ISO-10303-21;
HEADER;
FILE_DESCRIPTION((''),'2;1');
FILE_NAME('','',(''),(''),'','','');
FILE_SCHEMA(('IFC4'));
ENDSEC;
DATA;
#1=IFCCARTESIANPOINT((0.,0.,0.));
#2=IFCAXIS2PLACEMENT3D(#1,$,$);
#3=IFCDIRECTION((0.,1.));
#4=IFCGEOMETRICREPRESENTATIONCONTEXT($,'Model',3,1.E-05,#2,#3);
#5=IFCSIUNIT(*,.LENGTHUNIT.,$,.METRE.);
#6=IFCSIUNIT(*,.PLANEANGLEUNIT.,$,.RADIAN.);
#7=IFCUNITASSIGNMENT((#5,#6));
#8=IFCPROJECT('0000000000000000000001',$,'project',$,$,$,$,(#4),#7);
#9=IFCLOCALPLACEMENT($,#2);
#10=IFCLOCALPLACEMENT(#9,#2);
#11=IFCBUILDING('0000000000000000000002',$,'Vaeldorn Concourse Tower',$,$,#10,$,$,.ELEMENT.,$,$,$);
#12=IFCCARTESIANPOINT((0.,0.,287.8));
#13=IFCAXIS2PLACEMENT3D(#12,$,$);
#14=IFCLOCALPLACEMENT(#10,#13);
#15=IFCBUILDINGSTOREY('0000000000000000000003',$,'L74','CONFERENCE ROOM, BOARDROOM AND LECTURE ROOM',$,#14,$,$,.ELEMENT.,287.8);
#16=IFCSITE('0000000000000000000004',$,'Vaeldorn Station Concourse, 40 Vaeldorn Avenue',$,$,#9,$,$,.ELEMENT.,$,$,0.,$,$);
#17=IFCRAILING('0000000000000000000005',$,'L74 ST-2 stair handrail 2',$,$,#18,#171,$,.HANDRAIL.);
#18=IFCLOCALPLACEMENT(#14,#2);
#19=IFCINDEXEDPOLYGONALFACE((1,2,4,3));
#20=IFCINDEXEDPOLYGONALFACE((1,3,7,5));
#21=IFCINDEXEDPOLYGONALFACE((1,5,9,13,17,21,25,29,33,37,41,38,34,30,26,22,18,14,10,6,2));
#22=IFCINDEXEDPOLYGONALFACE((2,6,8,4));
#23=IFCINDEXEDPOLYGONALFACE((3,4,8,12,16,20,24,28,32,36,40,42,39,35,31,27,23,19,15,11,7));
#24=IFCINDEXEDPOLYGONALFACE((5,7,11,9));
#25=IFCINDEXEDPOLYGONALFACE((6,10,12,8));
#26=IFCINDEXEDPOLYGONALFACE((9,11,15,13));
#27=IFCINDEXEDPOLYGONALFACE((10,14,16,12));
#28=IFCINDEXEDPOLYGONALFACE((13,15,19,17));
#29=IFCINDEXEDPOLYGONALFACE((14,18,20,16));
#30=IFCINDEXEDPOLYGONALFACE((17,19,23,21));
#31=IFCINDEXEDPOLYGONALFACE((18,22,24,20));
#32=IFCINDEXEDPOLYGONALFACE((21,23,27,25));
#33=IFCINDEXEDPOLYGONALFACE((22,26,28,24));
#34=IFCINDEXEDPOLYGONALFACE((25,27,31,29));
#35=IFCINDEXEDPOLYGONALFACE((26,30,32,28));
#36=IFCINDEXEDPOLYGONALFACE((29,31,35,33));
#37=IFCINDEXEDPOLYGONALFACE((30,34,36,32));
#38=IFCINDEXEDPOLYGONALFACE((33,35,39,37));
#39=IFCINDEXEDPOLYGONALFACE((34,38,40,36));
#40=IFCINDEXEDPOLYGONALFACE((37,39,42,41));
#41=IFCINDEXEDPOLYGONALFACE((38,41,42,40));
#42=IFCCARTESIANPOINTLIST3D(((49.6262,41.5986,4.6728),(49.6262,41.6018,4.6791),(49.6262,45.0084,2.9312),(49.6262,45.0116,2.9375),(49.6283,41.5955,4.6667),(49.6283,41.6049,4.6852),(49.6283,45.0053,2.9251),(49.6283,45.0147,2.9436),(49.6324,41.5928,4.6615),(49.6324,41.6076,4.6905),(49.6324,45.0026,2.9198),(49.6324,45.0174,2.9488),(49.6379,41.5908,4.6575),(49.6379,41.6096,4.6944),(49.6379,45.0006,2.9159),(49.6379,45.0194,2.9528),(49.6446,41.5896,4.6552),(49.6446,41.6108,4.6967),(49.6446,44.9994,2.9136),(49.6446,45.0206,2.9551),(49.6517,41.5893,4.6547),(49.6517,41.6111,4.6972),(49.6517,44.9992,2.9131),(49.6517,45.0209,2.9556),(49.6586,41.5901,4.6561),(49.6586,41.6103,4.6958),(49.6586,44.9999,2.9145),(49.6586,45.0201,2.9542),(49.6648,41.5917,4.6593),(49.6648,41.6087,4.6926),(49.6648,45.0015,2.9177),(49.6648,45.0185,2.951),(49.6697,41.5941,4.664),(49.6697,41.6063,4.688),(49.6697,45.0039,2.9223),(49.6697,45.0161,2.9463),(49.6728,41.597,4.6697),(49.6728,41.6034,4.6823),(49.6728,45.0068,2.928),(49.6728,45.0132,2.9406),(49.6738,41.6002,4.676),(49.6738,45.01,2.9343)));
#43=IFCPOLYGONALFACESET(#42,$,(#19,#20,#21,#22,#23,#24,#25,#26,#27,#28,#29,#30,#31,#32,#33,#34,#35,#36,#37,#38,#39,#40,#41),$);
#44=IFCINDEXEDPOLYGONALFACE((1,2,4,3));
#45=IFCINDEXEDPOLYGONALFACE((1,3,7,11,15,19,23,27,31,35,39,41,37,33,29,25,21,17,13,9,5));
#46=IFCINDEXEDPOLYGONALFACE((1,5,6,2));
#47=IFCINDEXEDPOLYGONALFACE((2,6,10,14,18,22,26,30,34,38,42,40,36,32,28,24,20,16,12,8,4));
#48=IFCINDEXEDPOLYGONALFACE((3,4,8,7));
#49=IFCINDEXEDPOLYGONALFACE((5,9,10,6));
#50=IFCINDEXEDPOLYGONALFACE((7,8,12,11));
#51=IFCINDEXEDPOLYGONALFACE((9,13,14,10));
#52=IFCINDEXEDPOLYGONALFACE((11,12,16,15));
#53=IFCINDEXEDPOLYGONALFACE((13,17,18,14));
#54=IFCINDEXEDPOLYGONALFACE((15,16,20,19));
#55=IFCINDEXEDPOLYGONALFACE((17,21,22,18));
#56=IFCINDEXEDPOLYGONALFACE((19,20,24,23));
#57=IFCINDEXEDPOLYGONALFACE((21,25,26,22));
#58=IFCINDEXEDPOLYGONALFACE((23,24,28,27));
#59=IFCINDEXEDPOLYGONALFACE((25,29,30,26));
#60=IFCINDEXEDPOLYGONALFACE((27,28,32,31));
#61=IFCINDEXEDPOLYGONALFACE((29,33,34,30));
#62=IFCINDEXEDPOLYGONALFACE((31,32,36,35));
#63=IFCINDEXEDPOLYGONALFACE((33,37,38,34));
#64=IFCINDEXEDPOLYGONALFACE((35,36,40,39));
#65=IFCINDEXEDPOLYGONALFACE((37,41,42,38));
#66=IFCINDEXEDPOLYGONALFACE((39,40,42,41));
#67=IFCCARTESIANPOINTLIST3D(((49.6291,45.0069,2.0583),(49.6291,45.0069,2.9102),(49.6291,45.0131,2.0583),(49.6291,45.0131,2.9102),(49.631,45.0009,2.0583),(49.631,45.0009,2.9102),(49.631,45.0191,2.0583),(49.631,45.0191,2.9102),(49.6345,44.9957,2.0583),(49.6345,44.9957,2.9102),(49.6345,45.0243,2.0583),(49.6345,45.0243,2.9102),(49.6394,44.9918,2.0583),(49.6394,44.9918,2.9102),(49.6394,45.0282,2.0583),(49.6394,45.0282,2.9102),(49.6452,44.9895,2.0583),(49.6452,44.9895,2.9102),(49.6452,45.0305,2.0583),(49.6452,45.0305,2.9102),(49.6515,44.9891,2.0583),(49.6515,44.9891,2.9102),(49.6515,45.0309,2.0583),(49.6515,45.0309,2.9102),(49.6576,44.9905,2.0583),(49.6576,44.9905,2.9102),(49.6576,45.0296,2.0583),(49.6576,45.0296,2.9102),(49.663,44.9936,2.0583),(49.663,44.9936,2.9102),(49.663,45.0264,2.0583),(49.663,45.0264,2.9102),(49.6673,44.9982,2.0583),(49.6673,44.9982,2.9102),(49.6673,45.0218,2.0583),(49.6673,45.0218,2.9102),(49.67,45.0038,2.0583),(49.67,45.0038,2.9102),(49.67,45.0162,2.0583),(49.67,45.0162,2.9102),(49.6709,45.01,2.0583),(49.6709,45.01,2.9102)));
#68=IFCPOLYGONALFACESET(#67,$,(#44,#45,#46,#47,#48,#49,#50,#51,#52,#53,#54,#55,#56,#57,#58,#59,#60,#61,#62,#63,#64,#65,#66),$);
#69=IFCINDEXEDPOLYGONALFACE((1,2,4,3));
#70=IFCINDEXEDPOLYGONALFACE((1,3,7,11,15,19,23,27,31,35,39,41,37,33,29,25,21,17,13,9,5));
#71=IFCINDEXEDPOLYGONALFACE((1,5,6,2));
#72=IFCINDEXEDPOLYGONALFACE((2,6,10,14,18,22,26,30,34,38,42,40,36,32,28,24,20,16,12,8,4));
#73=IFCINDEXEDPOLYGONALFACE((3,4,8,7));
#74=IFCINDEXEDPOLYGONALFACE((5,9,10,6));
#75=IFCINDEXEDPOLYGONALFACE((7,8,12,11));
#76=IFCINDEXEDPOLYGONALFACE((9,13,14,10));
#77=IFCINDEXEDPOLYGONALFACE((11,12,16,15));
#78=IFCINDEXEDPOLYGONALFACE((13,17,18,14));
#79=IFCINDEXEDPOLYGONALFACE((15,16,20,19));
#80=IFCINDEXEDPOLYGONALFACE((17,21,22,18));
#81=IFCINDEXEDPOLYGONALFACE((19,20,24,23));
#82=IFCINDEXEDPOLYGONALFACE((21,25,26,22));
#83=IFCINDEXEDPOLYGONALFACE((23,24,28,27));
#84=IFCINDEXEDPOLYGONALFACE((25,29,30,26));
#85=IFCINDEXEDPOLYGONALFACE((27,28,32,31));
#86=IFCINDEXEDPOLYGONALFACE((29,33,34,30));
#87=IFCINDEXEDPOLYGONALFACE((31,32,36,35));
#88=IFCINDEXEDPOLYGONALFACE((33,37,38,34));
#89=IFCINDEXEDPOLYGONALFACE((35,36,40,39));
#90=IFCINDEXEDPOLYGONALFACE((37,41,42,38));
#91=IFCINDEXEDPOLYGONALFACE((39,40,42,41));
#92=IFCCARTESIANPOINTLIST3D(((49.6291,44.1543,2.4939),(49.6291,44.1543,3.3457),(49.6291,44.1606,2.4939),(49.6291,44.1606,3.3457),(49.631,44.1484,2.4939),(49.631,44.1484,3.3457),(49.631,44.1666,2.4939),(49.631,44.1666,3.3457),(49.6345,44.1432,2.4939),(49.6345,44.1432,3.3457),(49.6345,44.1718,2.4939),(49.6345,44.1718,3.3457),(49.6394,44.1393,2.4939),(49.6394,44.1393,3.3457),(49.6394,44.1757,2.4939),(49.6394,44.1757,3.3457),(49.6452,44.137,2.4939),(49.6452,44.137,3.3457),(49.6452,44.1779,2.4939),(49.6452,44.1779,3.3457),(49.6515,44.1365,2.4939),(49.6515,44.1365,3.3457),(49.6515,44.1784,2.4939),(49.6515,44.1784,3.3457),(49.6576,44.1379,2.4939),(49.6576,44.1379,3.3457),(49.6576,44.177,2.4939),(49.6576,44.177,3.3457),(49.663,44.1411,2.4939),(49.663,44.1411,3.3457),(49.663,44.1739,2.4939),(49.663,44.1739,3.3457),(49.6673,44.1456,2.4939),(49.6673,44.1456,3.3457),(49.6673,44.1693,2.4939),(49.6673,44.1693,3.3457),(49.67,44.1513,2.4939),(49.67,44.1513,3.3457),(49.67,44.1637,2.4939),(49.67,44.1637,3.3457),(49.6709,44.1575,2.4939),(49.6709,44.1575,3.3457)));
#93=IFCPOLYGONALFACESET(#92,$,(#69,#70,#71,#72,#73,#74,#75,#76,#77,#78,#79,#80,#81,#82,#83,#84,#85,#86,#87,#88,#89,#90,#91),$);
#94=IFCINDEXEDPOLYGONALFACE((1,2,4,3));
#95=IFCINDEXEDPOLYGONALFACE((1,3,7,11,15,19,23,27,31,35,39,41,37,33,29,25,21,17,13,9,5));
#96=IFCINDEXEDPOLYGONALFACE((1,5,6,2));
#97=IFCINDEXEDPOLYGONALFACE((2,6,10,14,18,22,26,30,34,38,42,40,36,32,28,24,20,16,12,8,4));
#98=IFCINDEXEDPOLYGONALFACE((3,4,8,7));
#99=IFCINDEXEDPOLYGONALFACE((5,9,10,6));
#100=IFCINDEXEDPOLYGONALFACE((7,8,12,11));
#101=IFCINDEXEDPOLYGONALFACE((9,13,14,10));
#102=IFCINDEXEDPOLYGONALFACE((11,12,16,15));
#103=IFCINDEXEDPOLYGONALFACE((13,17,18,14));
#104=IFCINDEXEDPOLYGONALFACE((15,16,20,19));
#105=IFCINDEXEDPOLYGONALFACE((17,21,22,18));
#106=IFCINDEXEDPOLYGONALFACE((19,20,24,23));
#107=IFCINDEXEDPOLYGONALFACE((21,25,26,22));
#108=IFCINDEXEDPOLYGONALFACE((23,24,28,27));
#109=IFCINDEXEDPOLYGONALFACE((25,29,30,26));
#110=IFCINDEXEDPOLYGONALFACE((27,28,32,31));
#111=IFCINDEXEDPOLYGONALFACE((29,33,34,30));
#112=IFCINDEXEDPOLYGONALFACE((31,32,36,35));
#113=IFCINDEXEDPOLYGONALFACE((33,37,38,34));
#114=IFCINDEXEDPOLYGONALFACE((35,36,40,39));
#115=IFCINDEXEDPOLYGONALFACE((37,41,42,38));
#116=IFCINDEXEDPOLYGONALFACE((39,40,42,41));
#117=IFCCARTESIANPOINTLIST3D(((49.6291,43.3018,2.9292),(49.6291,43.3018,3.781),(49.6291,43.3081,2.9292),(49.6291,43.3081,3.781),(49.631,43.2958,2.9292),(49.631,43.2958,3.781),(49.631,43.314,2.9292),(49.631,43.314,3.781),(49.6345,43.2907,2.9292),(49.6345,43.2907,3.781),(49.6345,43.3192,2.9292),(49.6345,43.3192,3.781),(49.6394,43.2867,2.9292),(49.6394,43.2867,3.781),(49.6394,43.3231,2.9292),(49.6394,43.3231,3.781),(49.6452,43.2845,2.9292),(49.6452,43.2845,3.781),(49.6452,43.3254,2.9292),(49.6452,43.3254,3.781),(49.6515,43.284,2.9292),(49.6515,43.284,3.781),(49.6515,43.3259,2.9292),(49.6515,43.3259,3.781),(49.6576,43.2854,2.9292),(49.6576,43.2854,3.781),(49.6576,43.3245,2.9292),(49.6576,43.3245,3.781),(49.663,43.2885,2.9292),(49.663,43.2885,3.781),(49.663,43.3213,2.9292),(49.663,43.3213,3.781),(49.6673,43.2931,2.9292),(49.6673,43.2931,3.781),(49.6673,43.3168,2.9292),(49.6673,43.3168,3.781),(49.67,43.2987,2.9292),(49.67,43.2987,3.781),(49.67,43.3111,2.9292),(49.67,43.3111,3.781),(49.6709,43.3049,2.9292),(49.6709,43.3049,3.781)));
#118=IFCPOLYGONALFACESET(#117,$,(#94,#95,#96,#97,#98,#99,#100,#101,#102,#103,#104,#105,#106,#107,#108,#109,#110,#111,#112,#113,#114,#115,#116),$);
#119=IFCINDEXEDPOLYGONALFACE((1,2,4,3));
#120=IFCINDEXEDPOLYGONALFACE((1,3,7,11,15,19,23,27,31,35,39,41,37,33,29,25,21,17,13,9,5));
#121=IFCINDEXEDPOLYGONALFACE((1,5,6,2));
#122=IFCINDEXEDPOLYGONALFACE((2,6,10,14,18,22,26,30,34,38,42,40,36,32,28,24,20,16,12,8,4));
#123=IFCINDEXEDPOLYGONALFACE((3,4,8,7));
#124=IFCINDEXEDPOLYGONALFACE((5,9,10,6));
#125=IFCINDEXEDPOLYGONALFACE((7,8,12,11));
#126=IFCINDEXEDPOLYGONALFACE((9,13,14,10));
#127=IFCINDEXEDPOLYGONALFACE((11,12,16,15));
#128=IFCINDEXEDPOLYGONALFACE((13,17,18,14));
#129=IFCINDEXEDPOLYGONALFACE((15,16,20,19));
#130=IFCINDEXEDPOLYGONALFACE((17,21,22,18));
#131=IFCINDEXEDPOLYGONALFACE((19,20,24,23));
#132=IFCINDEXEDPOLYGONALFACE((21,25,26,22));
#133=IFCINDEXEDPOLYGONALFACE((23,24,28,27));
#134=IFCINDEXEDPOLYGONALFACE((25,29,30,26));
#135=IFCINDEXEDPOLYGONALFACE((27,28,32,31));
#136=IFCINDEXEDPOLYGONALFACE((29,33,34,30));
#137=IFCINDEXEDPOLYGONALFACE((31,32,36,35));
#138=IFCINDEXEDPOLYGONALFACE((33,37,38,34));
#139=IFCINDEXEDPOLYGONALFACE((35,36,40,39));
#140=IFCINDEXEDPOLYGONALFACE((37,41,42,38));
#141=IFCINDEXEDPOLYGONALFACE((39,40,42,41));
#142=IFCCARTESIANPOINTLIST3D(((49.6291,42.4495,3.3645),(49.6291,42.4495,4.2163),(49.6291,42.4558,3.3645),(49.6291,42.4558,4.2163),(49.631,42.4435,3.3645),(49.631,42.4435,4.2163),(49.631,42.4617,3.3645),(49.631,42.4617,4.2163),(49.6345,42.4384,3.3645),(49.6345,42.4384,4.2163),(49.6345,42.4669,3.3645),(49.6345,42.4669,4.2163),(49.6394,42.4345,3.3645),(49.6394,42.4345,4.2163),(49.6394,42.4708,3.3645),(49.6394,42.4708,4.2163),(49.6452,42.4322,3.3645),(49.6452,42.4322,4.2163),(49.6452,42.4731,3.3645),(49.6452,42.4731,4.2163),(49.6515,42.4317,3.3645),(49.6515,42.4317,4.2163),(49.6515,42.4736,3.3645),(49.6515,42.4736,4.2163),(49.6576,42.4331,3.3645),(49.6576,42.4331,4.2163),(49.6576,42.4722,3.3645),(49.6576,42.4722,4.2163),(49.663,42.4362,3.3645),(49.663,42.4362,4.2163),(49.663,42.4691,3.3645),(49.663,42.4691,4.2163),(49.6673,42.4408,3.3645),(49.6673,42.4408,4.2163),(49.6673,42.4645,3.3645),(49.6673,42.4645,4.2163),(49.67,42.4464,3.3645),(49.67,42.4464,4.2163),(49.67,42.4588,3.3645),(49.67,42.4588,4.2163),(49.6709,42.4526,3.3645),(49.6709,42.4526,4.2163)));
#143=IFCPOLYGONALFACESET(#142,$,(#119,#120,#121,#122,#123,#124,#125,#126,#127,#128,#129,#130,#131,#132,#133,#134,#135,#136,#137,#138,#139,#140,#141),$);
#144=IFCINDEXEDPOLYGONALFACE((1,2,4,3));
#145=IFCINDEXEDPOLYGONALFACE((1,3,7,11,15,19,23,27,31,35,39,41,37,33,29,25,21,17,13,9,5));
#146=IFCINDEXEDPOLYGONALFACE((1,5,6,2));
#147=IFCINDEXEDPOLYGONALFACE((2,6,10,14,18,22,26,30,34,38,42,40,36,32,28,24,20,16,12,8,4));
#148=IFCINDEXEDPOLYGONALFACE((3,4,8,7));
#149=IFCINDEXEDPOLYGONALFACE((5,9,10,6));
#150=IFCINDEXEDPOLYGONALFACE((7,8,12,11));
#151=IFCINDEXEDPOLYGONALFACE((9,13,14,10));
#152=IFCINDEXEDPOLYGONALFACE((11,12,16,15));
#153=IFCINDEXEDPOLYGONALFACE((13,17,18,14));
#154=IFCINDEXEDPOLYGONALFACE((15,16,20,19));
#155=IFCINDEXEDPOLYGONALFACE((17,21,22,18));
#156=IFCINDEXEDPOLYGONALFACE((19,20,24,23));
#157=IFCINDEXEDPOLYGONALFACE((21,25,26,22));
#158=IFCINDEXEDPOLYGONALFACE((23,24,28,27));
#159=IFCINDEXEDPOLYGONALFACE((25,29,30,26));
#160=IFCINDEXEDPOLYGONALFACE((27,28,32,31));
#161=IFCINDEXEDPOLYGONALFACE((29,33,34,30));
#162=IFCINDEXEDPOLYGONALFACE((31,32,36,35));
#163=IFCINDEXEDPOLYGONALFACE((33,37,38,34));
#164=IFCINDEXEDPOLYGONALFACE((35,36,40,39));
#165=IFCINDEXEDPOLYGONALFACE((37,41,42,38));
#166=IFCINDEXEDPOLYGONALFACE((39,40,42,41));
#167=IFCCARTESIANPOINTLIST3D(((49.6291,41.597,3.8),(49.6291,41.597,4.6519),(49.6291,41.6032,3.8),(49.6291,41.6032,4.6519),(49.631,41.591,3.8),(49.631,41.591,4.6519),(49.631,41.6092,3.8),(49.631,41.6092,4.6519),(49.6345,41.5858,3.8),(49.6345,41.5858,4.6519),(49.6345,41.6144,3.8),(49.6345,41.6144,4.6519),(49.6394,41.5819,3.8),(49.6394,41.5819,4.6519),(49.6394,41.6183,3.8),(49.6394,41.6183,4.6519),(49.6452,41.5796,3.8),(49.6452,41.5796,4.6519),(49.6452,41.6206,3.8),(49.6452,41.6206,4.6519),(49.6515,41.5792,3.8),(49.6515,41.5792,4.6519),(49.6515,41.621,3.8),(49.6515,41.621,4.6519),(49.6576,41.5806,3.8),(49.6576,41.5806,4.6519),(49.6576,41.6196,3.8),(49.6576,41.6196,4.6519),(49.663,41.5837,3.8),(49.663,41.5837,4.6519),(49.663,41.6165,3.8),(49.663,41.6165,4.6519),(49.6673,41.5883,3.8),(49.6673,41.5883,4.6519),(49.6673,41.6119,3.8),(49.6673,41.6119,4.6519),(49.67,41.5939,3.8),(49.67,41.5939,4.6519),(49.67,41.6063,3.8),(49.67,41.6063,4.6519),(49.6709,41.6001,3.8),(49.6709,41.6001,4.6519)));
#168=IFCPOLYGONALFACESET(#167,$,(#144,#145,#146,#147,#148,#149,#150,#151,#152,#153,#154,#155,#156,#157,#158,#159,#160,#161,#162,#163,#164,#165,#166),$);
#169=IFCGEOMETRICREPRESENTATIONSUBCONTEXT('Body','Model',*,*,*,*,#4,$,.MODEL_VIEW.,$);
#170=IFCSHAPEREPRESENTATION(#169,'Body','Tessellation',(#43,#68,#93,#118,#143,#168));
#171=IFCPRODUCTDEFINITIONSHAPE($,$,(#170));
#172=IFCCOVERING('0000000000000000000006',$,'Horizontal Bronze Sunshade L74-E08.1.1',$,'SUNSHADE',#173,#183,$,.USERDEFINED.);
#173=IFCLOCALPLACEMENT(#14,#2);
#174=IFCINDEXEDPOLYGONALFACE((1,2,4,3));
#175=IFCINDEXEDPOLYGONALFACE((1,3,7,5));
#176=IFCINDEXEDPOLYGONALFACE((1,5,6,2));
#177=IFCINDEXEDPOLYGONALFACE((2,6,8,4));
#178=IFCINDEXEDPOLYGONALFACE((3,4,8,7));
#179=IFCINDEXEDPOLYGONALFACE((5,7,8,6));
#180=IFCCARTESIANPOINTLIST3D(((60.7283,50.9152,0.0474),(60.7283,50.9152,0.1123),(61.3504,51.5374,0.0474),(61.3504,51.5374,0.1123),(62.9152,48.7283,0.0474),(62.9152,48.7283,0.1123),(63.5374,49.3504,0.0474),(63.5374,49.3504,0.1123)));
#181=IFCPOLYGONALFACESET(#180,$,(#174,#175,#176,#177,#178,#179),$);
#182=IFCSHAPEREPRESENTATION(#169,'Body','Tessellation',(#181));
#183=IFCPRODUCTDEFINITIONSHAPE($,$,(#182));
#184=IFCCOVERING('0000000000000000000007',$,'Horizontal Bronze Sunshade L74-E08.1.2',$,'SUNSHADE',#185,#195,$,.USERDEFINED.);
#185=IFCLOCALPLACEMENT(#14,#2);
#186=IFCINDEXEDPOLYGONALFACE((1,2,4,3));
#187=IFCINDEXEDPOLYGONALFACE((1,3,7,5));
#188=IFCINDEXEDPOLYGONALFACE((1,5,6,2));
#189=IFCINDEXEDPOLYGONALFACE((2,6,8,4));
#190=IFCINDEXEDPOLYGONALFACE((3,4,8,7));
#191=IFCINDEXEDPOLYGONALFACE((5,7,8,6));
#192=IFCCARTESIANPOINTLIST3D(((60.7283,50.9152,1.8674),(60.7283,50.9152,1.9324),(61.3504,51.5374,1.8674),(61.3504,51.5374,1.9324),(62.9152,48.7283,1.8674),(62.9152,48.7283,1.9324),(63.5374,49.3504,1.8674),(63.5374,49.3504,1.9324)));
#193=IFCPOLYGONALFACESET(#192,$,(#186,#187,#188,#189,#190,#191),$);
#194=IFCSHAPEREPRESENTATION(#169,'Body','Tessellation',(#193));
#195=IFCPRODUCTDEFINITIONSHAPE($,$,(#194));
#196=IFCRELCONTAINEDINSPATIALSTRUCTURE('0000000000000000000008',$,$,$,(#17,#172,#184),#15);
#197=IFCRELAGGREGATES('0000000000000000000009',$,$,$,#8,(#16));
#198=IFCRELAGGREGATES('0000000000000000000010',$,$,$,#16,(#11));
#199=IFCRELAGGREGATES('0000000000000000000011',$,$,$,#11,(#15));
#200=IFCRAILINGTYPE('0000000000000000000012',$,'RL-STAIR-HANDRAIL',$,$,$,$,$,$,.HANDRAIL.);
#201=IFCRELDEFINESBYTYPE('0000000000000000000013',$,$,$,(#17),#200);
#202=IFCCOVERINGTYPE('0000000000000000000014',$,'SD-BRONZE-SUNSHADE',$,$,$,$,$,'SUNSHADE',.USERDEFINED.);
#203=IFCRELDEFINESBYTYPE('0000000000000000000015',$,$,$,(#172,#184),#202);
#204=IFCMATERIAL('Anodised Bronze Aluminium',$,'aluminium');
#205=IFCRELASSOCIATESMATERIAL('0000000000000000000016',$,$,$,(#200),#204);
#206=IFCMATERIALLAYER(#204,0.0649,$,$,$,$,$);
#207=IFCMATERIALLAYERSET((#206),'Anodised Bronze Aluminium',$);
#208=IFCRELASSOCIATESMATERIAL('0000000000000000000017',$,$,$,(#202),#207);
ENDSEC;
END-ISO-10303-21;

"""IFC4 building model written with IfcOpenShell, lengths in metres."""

from ifc_helpers import new_model, si_unit, direction, frame, origin, origin_2d, place, context, subcontext, project, spatial, rectangle, circle, extrude, source, transform, mapped, material, layer, layer_set, type_object, element, save


model = new_model("IFC4")

# Units and contexts
model_context = context("Model", 3, precision=1e-05, world=origin(), true_north=direction((0.0, 1.0)))
body_context = subcontext(model_context, "Body", "Model", "MODEL_VIEW")
ifc_project = project(units=[si_unit("LENGTHUNIT", "METRE"), si_unit("PLANEANGLEUNIT", "RADIAN")], contexts=[model_context])

# Site, building, storey
site_placement = place(None, origin())
site = spatial("IfcSite", under=ifc_project, at=site_placement, Name="Vaeldorn Station Concourse, 40 Vaeldorn Avenue", CompositionType="ELEMENT", RefElevation=0.0)
building_placement = place(site_placement, origin())
building = spatial("IfcBuilding", under=site, at=building_placement, Name="Vaeldorn Concourse Tower", CompositionType="ELEMENT")
storey_placement = place(building_placement, frame((0.0, 0.0, 287.8)))
storey = spatial("IfcBuildingStorey", under=building, at=storey_placement, Name="L74", Description="CONFERENCE ROOM, BOARDROOM AND LECTURE ROOM", CompositionType="ELEMENT", Elevation=287.8)

# Shared definitions
ifc_material_1 = material(Name="Anodised Bronze Aluminium", Category="aluminium")

# Railing
railing_type_1 = type_object("IfcRailingType", Name="RL-STAIR-HANDRAIL", PredefinedType="HANDRAIL", material=ifc_material_1)
railing_1_placement = place(storey_placement, frame((49.6499, 45.01, 2.0583)))
element("IfcRailing", 1, at=railing_1_placement, inside=storey, type_object=railing_type_1, Name="L74 ST-2 stair handrail 2", PredefinedType="HANDRAIL", context=body_context, shape_type="SweptSolid", body=[
    extrude(circle(Radius=0.0239, at=origin_2d()), frame((0.0, 0.0, 0.876), z_axis=(0.0, -0.890556, 0.454874), x_axis=(1.0, 0.0, 0.0)), (0.0, 0.0, 1.0), 3.8289),
    extrude(circle(Radius=0.021, at=origin_2d()), origin(), (0.0, 0.0, 1.0), 0.8518),
    extrude(circle(Radius=0.021, at=origin_2d()), frame((0.0, -0.8525, 0.4355)), (0.0, 0.0, 1.0), 0.8518),
    extrude(circle(Radius=0.021, at=origin_2d()), frame((0.0, -1.7051, 0.8708)), (0.0, 0.0, 1.0), 0.8518),
    extrude(circle(Radius=0.021, at=origin_2d()), frame((0.0, -2.5574, 1.3062)), (0.0, 0.0, 1.0), 0.8518),
    extrude(circle(Radius=0.021, at=origin_2d()), frame((0.0, -3.4099, 1.7417)), (0.0, 0.0, 1.0), 0.8518),
])

# Coverings
ifc_layer_1 = layer(ifc_material_1, 0.0649)
ifc_layer_set_1 = layer_set([ifc_layer_1], Name="Anodised Bronze Aluminium")
covering_type = type_object("IfcCoveringType", Name="SD-BRONZE-SUNSHADE", ElementType="SUNSHADE", PredefinedType="USERDEFINED", material=ifc_layer_set_1)
shared_shape_1 = source(origin(), body_context, "Body", "SweptSolid", [
    extrude(rectangle(XDim=3.0928, YDim=0.8799, at=origin_2d()), origin(), (0.0, 0.0, 1.0), 0.0649),
])
for number, where, z_axis, x_axis, name in (
    (2, (62.1328, 50.1328, 0.0474), (0.0, 0.0, 1.0), (-0.707107, 0.707107, 0.0), "Horizontal Bronze Sunshade L74-E08.1.1"),
    (3, (62.1328, 50.1328, 1.8674), (0.0, 0.0, 1.0), (-0.707107, 0.707107, 0.0), "Horizontal Bronze Sunshade L74-E08.1.2"),
):
    element("IfcCovering", number, at=place(storey_placement, frame(where, z_axis=z_axis, x_axis=x_axis)), inside=storey, type_object=covering_type, Name=name, ObjectType="SUNSHADE", PredefinedType="USERDEFINED", context=body_context, shape_type="MappedRepresentation", body=[
        mapped(shared_shape_1, transform((0.0, 0.0, 0.0), scale=1.0)),
    ])

save(model, "model.ifc")
